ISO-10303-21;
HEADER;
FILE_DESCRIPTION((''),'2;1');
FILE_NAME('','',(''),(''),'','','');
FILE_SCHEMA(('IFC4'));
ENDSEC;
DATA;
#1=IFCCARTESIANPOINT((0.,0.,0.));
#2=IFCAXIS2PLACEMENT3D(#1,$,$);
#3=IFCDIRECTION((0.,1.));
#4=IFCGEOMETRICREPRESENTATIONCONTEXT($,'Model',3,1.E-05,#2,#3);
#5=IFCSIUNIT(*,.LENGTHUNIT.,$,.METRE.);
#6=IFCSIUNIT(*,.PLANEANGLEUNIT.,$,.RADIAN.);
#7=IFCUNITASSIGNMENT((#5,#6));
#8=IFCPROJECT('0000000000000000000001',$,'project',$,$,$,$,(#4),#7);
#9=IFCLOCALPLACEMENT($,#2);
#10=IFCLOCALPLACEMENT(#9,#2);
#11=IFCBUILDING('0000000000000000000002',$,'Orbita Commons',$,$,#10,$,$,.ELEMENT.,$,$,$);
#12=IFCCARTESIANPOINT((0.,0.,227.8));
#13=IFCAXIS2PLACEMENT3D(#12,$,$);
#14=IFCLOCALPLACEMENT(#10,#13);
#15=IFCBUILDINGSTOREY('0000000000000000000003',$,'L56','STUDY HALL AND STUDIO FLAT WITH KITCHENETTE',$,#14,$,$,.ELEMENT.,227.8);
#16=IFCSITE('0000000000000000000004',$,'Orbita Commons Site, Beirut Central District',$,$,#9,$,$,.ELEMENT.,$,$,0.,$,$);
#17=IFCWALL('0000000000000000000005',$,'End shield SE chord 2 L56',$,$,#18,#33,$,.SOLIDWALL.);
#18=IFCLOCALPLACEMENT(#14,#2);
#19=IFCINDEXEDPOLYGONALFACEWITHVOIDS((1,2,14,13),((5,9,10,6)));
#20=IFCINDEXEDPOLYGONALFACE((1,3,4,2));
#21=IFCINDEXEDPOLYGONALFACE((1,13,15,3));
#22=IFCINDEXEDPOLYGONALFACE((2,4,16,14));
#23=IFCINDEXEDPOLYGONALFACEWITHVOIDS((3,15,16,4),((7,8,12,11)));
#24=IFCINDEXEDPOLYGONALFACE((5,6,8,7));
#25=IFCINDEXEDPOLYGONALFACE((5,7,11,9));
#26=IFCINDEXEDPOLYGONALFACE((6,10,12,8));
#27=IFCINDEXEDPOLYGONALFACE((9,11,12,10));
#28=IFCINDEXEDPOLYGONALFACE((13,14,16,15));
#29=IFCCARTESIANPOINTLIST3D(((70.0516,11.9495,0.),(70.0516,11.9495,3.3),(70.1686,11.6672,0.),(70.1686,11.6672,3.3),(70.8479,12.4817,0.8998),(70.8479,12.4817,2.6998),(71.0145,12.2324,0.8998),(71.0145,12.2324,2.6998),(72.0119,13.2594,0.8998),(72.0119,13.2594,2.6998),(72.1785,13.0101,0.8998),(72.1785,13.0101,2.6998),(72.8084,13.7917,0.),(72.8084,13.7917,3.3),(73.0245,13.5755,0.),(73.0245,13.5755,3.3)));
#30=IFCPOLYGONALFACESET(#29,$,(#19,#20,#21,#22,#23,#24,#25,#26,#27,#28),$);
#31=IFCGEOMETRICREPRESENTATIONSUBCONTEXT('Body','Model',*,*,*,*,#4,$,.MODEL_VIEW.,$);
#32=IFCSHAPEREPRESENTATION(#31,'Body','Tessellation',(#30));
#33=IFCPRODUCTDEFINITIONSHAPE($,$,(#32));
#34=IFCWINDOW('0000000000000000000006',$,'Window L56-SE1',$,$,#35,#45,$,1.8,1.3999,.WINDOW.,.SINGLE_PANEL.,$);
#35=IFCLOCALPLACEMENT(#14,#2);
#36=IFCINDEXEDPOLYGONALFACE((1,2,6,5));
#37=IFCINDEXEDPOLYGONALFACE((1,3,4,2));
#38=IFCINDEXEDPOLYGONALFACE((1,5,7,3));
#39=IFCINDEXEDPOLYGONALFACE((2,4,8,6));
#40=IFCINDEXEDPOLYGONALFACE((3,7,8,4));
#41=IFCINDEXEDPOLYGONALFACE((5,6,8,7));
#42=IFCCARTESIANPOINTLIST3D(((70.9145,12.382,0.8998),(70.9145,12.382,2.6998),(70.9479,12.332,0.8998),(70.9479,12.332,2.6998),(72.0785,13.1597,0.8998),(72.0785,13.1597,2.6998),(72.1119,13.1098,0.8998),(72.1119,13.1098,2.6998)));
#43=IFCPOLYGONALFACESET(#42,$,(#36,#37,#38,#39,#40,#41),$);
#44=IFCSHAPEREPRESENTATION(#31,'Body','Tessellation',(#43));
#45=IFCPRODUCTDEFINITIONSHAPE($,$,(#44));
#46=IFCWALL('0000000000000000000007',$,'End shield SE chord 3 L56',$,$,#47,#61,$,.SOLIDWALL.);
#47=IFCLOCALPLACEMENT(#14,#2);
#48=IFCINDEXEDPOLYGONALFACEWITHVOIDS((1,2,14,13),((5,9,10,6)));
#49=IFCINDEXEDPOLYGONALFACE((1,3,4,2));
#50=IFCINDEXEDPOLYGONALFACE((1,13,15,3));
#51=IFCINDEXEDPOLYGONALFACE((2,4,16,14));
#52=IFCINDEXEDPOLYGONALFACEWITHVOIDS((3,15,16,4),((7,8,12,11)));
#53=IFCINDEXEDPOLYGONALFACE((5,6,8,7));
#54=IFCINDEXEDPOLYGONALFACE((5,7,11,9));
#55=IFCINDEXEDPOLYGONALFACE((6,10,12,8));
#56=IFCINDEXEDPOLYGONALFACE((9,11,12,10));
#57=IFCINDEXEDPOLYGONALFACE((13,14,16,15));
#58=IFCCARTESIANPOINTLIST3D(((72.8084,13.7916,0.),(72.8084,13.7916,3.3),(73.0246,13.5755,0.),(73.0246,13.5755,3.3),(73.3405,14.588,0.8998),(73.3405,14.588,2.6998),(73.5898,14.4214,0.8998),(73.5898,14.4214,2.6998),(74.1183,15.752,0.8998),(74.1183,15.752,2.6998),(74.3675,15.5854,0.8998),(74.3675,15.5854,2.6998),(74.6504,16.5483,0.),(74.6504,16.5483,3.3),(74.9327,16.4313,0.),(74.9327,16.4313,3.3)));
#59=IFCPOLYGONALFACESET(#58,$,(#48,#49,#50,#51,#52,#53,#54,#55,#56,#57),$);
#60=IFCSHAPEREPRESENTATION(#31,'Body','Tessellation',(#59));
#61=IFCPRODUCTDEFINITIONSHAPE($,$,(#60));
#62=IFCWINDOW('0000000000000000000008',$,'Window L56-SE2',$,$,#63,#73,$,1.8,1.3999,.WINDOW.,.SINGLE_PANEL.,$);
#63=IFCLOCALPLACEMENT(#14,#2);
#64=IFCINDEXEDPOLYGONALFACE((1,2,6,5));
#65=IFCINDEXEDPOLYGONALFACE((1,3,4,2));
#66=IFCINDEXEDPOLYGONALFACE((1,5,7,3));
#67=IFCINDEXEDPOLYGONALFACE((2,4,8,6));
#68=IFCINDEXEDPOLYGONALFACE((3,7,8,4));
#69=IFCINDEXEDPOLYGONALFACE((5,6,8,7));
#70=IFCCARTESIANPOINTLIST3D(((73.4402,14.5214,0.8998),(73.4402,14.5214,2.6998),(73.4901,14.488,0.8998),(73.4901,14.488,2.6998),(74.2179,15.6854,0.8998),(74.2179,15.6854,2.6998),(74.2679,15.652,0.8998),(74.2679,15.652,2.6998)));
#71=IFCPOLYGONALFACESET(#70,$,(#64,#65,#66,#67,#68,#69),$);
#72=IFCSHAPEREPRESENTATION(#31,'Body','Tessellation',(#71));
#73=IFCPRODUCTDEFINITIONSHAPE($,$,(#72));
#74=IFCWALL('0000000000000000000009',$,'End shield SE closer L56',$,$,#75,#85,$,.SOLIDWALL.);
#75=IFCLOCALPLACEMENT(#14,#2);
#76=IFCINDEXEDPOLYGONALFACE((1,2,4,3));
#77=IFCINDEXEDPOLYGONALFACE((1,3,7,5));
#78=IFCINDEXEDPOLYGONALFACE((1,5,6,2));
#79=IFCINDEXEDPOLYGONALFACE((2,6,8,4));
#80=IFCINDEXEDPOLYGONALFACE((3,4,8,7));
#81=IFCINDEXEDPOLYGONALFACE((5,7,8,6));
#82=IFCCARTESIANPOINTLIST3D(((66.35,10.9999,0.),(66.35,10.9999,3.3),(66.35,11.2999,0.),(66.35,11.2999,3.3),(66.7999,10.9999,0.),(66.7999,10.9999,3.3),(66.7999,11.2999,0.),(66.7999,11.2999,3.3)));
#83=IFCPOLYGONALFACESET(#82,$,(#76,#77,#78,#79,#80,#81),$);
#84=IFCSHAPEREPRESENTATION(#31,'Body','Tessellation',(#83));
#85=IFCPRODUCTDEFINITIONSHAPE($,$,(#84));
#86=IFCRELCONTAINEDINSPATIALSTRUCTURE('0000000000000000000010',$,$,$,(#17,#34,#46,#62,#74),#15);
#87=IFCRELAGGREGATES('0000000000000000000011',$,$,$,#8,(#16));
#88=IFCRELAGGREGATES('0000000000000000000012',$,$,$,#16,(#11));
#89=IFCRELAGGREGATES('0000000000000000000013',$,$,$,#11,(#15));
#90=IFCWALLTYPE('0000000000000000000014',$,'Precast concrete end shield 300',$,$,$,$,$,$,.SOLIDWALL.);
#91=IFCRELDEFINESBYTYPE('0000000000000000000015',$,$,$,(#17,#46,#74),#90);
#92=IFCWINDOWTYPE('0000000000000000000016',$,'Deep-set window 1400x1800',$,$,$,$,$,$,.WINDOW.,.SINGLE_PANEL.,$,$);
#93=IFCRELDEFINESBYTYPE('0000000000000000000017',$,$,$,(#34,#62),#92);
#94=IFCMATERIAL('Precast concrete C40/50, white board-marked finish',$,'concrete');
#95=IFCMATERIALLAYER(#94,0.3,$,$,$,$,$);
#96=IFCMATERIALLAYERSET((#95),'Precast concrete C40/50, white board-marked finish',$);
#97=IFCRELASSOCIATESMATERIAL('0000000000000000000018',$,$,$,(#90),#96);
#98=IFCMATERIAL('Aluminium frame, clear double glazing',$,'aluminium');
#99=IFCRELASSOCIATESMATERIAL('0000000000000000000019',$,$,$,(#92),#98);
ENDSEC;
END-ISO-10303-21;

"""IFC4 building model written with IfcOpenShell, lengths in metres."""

from ifc_helpers import new_model, si_unit, direction, frame, frame_2d, origin, place, context, subcontext, project, spatial, polyline, rectangle, outline, extrude, material, layer, layer_set, type_object, element, fill, save


model = new_model("IFC4")

# Units and contexts
model_context = context("Model", 3, precision=1e-05, world=origin(), true_north=direction((0.0, 1.0)))
body_context = subcontext(model_context, "Body", "Model", "MODEL_VIEW")
ifc_project = project(units=[si_unit("LENGTHUNIT", "METRE"), si_unit("PLANEANGLEUNIT", "RADIAN")], contexts=[model_context])

# Site, building, storey
site_placement = place(None, origin())
site = spatial("IfcSite", under=ifc_project, at=site_placement, Name="Orbita Commons Site, Beirut Central District", CompositionType="ELEMENT", RefElevation=0.0)
building_placement = place(site_placement, origin())
building = spatial("IfcBuilding", under=site, at=building_placement, Name="Orbita Commons", CompositionType="ELEMENT")
storey_placement = place(building_placement, frame((0.0, 0.0, 227.8)))
storey = spatial("IfcBuildingStorey", under=building, at=storey_placement, Name="L56", Description="STUDY HALL AND STUDIO FLAT WITH KITCHENETTE", CompositionType="ELEMENT", Elevation=227.8)

# Walls, openings, windows
ifc_material_1 = material(Name="Precast concrete C40/50, white board-marked finish", Category="concrete")
ifc_layer_1 = layer(ifc_material_1, 0.3)
ifc_layer_set_1 = layer_set([ifc_layer_1], Name="Precast concrete C40/50, white board-marked finish")
wall_type_1 = type_object("IfcWallType", Name="Precast concrete end shield 300", PredefinedType="SOLIDWALL", material=ifc_layer_set_1)
ifc_material_2 = material(Name="Aluminium frame, clear double glazing", Category="aluminium")
window_type = type_object("IfcWindowType", Name="Deep-set window 1400x1800", PartitioningType="SINGLE_PANEL", PredefinedType="WINDOW", material=ifc_material_2)
wall_1_placement = place(storey_placement, frame((70.1101, 11.8083, 0.0), z_axis=(0.0, 0.0, 1.0), x_axis=(0.83146, 0.555585, 0.0)))
wall_1 = element("IfcWall", 1, at=wall_1_placement, inside=storey, type_object=wall_type_1, Name="End shield SE chord 2 L56", PredefinedType="SOLIDWALL", context=body_context, shape_type="SweptSolid", body=[
    extrude(outline(polyline([(-0.0298, -0.1499), (3.405, -0.1499), (3.3455, 0.1499), (0.0298, 0.1499), (-0.0298, -0.1499)])), origin(), (0.0, 0.0, 1.0), 3.3),
])
opening_1_placement = place(wall_1_placement, frame((0.9875, 0.0, 0.8999)))
opening_1 = element("IfcOpeningElement", 2, at=opening_1_placement, cuts=wall_1, PredefinedType="OPENING", context=body_context, shape_type="SweptSolid", body=[
    extrude(rectangle(XDim=1.3999, YDim=1.8, at=frame_2d((0.7, 0.8999))), frame((0.0, 0.1599, 0.0), z_axis=(0.0, -1.0, 0.0), x_axis=(1.0, 0.0, 0.0)), (0.0, 0.0, 1.0), 0.3201),
])
window_1_placement = place(opening_1_placement, origin())
window_1 = element("IfcWindow", 3, at=window_1_placement, inside=storey, type_object=window_type, Name="Window L56-SE1", OverallHeight=1.8, OverallWidth=1.3999, PartitioningType="SINGLE_PANEL", PredefinedType="WINDOW", context=body_context, shape_type="SweptSolid", body=[
    extrude(rectangle(XDim=1.3999, YDim=1.8, at=frame_2d((0.7, 0.8999))), frame((0.0, 0.03, 0.0), z_axis=(0.0, -1.0, 0.0), x_axis=(1.0, 0.0, 0.0)), (0.0, 0.0, 1.0), 0.0601),
])
fill(opening_1, window_1)
wall_2_placement = place(storey_placement, frame((72.9165, 13.6836, 0.0), z_axis=(0.0, 0.0, 1.0), x_axis=(0.555568, 0.831471, 0.0)))
wall_2 = element("IfcWall", 4, at=wall_2_placement, inside=storey, type_object=wall_type_1, Name="End shield SE chord 3 L56", PredefinedType="SOLIDWALL", context=body_context, shape_type="SweptSolid", body=[
    extrude(outline(polyline([(-0.0298, -0.1499), (3.4048, -0.1499), (3.3452, 0.1499), (0.0298, 0.1499), (-0.0298, -0.1499)])), origin(), (0.0, 0.0, 1.0), 3.3),
])
opening_2_placement = place(wall_2_placement, frame((0.9875, 0.0, 0.8999)))
opening_2 = element("IfcOpeningElement", 5, at=opening_2_placement, cuts=wall_2, PredefinedType="OPENING", context=body_context, shape_type="SweptSolid", body=[
    extrude(rectangle(XDim=1.3999, YDim=1.8, at=frame_2d((0.7, 0.8999))), frame((0.0, 0.1599, 0.0), z_axis=(0.0, -1.0, 0.0), x_axis=(1.0, 0.0, 0.0)), (0.0, 0.0, 1.0), 0.3201),
])
window_2_placement = place(opening_2_placement, origin())
window_2 = element("IfcWindow", 6, at=window_2_placement, inside=storey, type_object=window_type, Name="Window L56-SE2", OverallHeight=1.8, OverallWidth=1.3999, PartitioningType="SINGLE_PANEL", PredefinedType="WINDOW", context=body_context, shape_type="SweptSolid", body=[
    extrude(rectangle(XDim=1.3999, YDim=1.8, at=frame_2d((0.7, 0.8999))), frame((0.0, 0.03, 0.0), z_axis=(0.0, -1.0, 0.0), x_axis=(1.0, 0.0, 0.0)), (0.0, 0.0, 1.0), 0.0601),
])
fill(opening_2, window_2)

# Wall
wall_3_placement = place(storey_placement, frame((66.8, 11.1499, 0.0), z_axis=(0.0, 0.0, 1.0), x_axis=(-1.0, 0.0, 0.0)))
element("IfcWall", 7, at=wall_3_placement, inside=storey, type_object=wall_type_1, Name="End shield SE closer L56", PredefinedType="SOLIDWALL", context=body_context, shape_type="SweptSolid", body=[
    extrude(rectangle(XDim=0.45, YDim=0.3, at=frame_2d((0.2251, 0.0))), origin(), (0.0, 0.0, 1.0), 3.3),
])

save(model, "model.ifc")
